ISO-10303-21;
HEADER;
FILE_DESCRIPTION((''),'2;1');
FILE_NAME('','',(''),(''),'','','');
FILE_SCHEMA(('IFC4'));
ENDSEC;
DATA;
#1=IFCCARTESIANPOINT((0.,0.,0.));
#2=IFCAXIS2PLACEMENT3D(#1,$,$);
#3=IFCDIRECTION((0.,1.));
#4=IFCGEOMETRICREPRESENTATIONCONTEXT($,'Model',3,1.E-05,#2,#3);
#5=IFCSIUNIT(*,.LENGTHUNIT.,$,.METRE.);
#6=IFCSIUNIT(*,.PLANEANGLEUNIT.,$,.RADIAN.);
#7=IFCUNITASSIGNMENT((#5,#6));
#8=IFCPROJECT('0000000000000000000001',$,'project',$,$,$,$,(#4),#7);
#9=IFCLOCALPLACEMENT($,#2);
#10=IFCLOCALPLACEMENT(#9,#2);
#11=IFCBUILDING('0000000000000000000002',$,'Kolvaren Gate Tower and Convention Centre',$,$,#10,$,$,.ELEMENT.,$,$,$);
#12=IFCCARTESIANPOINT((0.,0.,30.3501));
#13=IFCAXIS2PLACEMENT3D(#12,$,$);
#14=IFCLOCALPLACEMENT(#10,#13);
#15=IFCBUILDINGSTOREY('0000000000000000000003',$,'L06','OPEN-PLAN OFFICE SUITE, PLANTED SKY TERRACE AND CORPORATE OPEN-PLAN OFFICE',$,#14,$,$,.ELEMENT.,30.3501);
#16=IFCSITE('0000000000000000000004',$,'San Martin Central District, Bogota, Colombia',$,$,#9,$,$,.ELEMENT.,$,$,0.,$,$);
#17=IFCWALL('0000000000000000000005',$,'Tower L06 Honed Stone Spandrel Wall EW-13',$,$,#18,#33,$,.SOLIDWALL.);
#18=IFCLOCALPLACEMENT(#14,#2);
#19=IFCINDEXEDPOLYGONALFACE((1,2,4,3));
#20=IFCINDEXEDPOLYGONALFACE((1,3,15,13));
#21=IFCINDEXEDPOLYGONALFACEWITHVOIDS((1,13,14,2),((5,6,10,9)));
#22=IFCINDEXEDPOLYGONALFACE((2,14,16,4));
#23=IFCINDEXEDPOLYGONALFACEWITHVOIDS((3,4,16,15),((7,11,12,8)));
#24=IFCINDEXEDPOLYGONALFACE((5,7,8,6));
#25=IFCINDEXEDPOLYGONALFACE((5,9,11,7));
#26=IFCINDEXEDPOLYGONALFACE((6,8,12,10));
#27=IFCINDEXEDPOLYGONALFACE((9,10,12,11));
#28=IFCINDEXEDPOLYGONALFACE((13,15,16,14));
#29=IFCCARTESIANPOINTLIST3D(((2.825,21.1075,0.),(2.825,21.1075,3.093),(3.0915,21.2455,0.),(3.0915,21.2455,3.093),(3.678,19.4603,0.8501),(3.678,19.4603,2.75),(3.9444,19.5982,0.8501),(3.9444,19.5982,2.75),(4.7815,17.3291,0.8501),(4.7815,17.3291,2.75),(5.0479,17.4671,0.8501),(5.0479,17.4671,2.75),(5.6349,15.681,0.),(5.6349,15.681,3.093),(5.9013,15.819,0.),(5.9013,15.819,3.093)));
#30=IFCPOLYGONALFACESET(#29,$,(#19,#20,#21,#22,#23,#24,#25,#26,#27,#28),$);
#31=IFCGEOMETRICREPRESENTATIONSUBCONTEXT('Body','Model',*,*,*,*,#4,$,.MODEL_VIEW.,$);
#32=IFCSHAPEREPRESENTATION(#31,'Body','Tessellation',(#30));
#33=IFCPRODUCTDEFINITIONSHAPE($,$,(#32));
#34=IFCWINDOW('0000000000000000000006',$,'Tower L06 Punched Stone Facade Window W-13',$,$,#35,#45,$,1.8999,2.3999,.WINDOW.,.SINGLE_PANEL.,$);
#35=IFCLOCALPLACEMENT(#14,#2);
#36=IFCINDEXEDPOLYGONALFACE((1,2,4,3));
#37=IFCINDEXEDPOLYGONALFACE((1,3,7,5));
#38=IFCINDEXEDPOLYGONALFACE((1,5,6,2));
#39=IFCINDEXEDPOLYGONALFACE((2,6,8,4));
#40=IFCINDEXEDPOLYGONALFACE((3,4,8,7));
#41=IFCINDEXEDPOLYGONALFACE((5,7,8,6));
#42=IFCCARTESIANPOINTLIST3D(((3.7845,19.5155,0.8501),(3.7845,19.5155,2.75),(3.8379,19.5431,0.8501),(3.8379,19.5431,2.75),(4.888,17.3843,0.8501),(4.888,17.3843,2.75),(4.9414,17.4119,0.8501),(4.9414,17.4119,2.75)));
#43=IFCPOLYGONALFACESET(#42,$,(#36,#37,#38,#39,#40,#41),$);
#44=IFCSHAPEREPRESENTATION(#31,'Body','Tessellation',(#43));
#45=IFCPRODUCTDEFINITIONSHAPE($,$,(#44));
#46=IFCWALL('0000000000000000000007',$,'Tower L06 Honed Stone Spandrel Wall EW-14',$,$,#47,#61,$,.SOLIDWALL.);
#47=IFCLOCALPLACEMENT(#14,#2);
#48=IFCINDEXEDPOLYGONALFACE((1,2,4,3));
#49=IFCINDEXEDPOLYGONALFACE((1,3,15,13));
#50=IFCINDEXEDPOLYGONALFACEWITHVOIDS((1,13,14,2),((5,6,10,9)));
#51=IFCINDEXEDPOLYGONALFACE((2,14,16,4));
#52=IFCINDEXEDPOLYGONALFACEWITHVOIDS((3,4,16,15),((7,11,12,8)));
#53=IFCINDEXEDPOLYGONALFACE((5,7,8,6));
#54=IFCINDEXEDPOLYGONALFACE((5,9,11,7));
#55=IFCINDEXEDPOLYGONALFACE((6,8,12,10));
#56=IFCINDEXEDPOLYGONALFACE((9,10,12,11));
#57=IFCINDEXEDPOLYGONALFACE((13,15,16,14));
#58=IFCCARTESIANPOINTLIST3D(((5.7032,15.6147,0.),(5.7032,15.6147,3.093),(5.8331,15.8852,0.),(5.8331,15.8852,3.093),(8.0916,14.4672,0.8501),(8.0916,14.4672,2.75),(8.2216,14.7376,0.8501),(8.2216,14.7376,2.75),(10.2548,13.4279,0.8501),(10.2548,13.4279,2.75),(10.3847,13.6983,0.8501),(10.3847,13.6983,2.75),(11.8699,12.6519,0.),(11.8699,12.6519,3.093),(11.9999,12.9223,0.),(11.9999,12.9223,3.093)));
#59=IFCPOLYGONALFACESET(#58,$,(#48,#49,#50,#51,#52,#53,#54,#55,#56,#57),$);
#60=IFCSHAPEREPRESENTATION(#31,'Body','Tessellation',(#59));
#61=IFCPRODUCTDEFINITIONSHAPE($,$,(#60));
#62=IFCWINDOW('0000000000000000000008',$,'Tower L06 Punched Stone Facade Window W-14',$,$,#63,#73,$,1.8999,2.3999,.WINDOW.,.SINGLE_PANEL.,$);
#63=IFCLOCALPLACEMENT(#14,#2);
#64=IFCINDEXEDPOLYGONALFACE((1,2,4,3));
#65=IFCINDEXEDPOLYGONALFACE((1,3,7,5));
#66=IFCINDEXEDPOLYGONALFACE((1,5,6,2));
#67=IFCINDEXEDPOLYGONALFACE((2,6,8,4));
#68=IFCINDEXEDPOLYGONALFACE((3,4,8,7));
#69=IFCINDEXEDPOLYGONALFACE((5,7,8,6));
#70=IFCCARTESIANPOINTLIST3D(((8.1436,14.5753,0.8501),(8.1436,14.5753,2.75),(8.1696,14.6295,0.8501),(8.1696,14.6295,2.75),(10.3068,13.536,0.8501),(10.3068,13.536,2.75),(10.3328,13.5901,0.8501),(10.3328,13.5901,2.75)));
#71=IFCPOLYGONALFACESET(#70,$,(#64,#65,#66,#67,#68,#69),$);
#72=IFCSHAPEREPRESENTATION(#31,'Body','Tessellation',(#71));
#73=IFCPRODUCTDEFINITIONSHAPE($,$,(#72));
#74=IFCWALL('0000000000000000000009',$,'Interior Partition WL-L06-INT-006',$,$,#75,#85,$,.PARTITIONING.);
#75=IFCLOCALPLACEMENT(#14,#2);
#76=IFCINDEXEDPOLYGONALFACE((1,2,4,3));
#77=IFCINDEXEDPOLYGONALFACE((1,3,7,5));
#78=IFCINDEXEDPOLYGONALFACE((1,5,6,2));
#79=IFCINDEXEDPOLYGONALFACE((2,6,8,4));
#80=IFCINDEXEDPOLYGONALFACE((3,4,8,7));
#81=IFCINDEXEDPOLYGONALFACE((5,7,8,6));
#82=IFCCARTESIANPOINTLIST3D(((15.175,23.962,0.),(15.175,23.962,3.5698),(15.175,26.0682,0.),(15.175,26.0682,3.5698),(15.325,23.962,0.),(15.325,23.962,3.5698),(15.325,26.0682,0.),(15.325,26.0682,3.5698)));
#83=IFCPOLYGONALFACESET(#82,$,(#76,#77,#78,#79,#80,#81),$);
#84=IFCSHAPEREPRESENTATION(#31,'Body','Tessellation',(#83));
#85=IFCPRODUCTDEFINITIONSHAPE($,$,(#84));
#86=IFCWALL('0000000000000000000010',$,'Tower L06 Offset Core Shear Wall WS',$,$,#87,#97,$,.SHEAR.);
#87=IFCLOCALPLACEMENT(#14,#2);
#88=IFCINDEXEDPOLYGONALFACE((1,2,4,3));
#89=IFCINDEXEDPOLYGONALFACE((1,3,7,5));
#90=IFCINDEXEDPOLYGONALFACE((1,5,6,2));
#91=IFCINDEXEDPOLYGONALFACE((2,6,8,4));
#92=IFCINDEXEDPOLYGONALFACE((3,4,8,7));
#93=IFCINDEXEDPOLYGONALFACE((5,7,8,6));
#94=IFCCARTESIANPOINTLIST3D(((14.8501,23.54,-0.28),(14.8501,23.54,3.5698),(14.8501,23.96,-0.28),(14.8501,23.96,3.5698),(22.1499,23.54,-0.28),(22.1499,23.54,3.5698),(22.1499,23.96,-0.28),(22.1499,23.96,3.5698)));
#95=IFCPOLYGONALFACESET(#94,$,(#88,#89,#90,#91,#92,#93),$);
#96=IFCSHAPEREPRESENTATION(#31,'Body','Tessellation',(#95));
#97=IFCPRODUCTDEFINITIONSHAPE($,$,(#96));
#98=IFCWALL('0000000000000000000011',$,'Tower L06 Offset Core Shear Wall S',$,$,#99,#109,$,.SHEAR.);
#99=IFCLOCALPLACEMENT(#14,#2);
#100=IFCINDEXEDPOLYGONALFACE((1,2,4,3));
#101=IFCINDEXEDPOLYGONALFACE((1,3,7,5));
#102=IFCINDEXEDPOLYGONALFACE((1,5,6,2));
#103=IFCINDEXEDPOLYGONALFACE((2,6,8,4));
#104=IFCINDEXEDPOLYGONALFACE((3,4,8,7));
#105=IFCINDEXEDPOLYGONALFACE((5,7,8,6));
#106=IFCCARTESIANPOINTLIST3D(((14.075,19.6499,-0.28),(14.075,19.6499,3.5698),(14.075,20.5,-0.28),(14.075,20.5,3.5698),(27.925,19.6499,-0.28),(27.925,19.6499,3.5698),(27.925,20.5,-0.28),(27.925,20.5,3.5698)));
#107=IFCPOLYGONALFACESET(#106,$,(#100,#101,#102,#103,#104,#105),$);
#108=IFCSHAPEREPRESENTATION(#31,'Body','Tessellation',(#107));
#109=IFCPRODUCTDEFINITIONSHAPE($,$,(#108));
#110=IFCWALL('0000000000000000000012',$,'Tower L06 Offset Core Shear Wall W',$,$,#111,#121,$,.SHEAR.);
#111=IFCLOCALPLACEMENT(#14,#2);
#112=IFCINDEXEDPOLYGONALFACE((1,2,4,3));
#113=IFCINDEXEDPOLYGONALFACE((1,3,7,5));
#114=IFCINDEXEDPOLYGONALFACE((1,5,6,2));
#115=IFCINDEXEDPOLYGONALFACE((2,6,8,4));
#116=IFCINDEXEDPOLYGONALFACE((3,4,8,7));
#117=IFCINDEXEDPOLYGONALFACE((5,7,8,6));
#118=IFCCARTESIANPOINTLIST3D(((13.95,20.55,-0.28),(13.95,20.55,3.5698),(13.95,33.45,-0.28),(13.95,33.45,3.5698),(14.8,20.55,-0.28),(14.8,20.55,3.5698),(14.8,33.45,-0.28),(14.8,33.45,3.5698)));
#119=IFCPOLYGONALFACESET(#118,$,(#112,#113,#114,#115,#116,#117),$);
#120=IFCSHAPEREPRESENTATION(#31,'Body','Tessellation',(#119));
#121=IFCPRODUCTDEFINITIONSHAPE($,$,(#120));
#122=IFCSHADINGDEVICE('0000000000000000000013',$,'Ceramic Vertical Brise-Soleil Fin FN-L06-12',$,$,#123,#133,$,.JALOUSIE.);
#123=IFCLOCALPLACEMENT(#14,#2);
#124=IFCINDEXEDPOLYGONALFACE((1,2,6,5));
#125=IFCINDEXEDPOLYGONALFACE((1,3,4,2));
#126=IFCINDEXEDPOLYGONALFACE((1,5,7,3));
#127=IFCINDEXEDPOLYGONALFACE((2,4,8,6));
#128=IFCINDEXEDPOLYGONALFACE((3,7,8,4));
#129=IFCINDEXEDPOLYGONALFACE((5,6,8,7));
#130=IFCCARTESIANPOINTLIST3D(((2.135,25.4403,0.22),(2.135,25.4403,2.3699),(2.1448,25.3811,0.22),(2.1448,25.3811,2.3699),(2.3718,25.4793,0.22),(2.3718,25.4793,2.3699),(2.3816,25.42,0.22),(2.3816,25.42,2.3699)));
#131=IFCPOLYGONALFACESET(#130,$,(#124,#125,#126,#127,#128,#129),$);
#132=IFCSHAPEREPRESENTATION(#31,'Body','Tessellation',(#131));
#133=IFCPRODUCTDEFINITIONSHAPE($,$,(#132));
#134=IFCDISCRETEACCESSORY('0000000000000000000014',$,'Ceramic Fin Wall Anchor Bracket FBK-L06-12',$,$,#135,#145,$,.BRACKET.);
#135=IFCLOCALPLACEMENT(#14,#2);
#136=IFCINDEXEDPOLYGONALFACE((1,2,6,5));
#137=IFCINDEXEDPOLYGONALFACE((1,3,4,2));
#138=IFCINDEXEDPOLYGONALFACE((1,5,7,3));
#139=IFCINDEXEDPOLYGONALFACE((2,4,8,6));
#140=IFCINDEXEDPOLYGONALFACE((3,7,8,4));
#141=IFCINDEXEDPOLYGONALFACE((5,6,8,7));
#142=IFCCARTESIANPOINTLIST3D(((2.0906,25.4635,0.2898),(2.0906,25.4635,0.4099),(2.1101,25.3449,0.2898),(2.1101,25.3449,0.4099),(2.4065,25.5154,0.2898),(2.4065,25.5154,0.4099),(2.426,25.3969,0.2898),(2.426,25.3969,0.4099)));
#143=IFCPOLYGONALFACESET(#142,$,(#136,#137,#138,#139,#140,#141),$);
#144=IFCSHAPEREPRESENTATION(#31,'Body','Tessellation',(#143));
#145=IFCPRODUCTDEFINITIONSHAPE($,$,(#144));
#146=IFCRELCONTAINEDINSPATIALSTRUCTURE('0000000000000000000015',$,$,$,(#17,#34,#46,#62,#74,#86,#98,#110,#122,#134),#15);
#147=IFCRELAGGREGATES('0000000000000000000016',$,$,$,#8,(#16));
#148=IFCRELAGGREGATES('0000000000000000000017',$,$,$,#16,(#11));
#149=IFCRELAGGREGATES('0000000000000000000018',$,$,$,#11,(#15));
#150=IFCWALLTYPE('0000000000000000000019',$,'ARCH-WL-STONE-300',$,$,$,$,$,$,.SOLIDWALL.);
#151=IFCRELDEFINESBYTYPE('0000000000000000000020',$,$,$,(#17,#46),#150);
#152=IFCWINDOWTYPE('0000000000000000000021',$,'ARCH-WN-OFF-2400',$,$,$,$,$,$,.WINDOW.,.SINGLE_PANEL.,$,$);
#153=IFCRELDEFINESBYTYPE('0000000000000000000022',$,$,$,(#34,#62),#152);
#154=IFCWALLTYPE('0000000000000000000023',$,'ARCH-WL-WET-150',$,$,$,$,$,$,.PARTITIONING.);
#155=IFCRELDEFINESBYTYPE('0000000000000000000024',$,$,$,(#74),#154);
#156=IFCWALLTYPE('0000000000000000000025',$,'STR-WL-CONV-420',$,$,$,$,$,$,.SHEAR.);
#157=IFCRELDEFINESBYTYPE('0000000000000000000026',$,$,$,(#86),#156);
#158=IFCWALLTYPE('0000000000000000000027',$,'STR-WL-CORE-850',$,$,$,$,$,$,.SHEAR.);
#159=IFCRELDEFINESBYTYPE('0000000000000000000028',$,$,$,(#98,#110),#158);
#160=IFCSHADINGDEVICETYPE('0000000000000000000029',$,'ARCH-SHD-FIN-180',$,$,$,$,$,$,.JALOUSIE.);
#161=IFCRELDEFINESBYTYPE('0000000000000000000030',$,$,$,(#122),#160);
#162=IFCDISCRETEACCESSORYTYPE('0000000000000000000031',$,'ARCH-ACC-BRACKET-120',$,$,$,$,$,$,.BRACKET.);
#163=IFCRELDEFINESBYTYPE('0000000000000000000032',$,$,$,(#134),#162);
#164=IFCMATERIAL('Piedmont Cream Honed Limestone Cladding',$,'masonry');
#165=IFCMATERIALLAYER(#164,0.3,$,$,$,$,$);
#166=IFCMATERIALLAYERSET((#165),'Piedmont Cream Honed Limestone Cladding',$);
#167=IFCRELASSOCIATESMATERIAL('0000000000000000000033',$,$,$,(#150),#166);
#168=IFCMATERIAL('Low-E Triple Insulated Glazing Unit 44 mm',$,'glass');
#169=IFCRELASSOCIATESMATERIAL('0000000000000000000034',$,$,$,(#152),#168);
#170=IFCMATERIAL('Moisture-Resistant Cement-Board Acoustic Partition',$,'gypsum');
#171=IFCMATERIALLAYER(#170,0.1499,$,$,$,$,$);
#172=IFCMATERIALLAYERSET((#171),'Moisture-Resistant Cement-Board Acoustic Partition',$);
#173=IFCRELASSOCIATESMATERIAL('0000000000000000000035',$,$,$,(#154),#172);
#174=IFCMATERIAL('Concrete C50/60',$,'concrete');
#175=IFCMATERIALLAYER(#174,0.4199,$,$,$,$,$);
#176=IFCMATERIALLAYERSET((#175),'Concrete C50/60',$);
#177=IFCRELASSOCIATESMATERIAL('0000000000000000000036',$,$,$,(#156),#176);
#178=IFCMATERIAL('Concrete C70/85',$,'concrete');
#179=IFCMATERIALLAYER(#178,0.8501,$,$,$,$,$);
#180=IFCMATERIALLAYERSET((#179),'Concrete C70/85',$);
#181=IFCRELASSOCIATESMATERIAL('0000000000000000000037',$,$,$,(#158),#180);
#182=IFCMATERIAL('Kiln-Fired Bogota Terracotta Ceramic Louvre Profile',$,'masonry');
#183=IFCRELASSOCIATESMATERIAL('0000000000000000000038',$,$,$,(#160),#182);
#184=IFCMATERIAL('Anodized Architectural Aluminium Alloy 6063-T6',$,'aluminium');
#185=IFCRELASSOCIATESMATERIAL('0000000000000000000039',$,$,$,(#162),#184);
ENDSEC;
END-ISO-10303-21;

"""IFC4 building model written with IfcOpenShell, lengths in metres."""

from ifc_helpers import new_model, si_unit, direction, frame, frame_2d, origin, origin_2d, place, context, subcontext, project, spatial, rectangle, extrude, material, layer, layer_set, type_object, element, fill, save


model = new_model("IFC4")

# Units and contexts
model_context = context("Model", 3, precision=1e-05, world=origin(), true_north=direction((0.0, 1.0)))
body_context = subcontext(model_context, "Body", "Model", "MODEL_VIEW")
ifc_project = project(units=[si_unit("LENGTHUNIT", "METRE"), si_unit("PLANEANGLEUNIT", "RADIAN")], contexts=[model_context])

# Site, building, storey
site_placement = place(None, origin())
site = spatial("IfcSite", under=ifc_project, at=site_placement, Name="San Martin Central District, Bogota, Colombia", CompositionType="ELEMENT", RefElevation=0.0)
building_placement = place(site_placement, origin())
building = spatial("IfcBuilding", under=site, at=building_placement, Name="Kolvaren Gate Tower and Convention Centre", CompositionType="ELEMENT")
storey_placement = place(building_placement, frame((0.0, 0.0, 30.3501)))
storey = spatial("IfcBuildingStorey", under=building, at=storey_placement, Name="L06", Description="OPEN-PLAN OFFICE SUITE, PLANTED SKY TERRACE AND CORPORATE OPEN-PLAN OFFICE", CompositionType="ELEMENT", Elevation=30.3501)

# Shared definitions
ifc_material_1 = material(Name="Concrete C70/85", Category="concrete")

# Shared definitions
ifc_material_2 = material(Name="Piedmont Cream Honed Limestone Cladding", Category="masonry")

# Shared definitions
ifc_layer_1 = layer(ifc_material_2, 0.3)
ifc_layer_set_1 = layer_set([ifc_layer_1], Name="Piedmont Cream Honed Limestone Cladding")
wall_type_1 = type_object("IfcWallType", Name="ARCH-WL-STONE-300", PredefinedType="SOLIDWALL", material=ifc_layer_set_1)
ifc_material_3 = material(Name="Low-E Triple Insulated Glazing Unit 44 mm", Category="glass")

# Walls, openings, windows
window_type_1 = type_object("IfcWindowType", Name="ARCH-WN-OFF-2400", PartitioningType="SINGLE_PANEL", PredefinedType="WINDOW", material=ifc_material_3)
wall_1_placement = place(storey_placement, frame((2.9583, 21.1765, 0.0), z_axis=(0.0, 0.0, 1.0), x_axis=(0.45981, -0.888017, 0.0)))
wall_1 = element("IfcWall", 1, at=wall_1_placement, inside=storey, type_object=wall_type_1, Name="Tower L06 Honed Stone Spandrel Wall EW-13", PredefinedType="SOLIDWALL", context=body_context, shape_type="SweptSolid", body=[
    extrude(rectangle(XDim=6.1108, YDim=0.3, at=frame_2d((3.0554, 0.0))), origin(), (0.0, 0.0, 1.0), 3.093),
])
opening_1_placement = place(wall_1_placement, frame((1.855, 0.0, 0.8501)))
opening_1 = element("IfcOpeningElement", 2, at=opening_1_placement, cuts=wall_1, PredefinedType="OPENING", context=body_context, shape_type="SweptSolid", body=[
    extrude(rectangle(XDim=2.3999, YDim=1.8999, at=frame_2d((1.2, 0.95))), frame((0.0, 0.1599, 0.0), z_axis=(0.0, -1.0, 0.0), x_axis=(1.0, 0.0, 0.0)), (0.0, 0.0, 1.0), 0.3201),
])
window_1_placement = place(opening_1_placement, origin())
window_1 = element("IfcWindow", 3, at=window_1_placement, inside=storey, type_object=window_type_1, Name="Tower L06 Punched Stone Facade Window W-13", OverallHeight=1.8999, OverallWidth=2.3999, PartitioningType="SINGLE_PANEL", PredefinedType="WINDOW", context=body_context, shape_type="SweptSolid", body=[
    extrude(rectangle(XDim=2.3999, YDim=1.8999, at=frame_2d((1.2, 0.95))), frame((0.0, 0.03, 0.0), z_axis=(0.0, -1.0, 0.0), x_axis=(1.0, 0.0, 0.0)), (0.0, 0.0, 1.0), 0.0601),
])
fill(opening_1, window_1)
wall_2_placement = place(storey_placement, frame((5.7681, 15.75, 0.0), z_axis=(0.0, 0.0, 1.0), x_axis=(0.90136, -0.43307, 0.0)))
wall_2 = element("IfcWall", 4, at=wall_2_placement, inside=storey, type_object=wall_type_1, Name="Tower L06 Honed Stone Spandrel Wall EW-14", PredefinedType="SOLIDWALL", context=body_context, shape_type="SweptSolid", body=[
    extrude(rectangle(XDim=6.8416, YDim=0.3, at=frame_2d((3.4209, 0.0))), origin(), (0.0, 0.0, 1.0), 3.093),
])
opening_2_placement = place(wall_2_placement, frame((2.6499, 0.0, 0.8501)))
opening_2 = element("IfcOpeningElement", 5, at=opening_2_placement, cuts=wall_2, PredefinedType="OPENING", context=body_context, shape_type="SweptSolid", body=[
    extrude(rectangle(XDim=2.3999, YDim=1.8999, at=frame_2d((1.2, 0.95))), frame((0.0, 0.1599, 0.0), z_axis=(0.0, -1.0, 0.0), x_axis=(1.0, 0.0, 0.0)), (0.0, 0.0, 1.0), 0.3201),
])
window_2_placement = place(opening_2_placement, origin())
window_2 = element("IfcWindow", 6, at=window_2_placement, inside=storey, type_object=window_type_1, Name="Tower L06 Punched Stone Facade Window W-14", OverallHeight=1.8999, OverallWidth=2.3999, PartitioningType="SINGLE_PANEL", PredefinedType="WINDOW", context=body_context, shape_type="SweptSolid", body=[
    extrude(rectangle(XDim=2.3999, YDim=1.8999, at=frame_2d((1.2, 0.95))), frame((0.0, 0.03, 0.0), z_axis=(0.0, -1.0, 0.0), x_axis=(1.0, 0.0, 0.0)), (0.0, 0.0, 1.0), 0.0601),
])
fill(opening_2, window_2)

# Walls
ifc_material_4 = material(Name="Moisture-Resistant Cement-Board Acoustic Partition", Category="gypsum")
ifc_layer_2 = layer(ifc_material_4, 0.1499)
ifc_layer_set_2 = layer_set([ifc_layer_2], Name="Moisture-Resistant Cement-Board Acoustic Partition")
wall_type_2 = type_object("IfcWallType", Name="ARCH-WL-WET-150", PredefinedType="PARTITIONING", material=ifc_layer_set_2)
wall_3_placement = place(storey_placement, frame((15.25, 23.9619, 0.0), z_axis=(0.0, 0.0, 1.0), x_axis=(0.0, 1.0, 0.0)))
element("IfcWall", 7, at=wall_3_placement, inside=storey, type_object=wall_type_2, Name="Interior Partition WL-L06-INT-006", PredefinedType="PARTITIONING", context=body_context, shape_type="SweptSolid", body=[
    extrude(rectangle(XDim=2.1062, YDim=0.1499, at=frame_2d((1.0532, 0.0))), origin(), (0.0, 0.0, 1.0), 3.5698),
])
ifc_material_5 = material(Name="Concrete C50/60", Category="concrete")
ifc_layer_3 = layer(ifc_material_5, 0.4199)
ifc_layer_set_3 = layer_set([ifc_layer_3], Name="Concrete C50/60")
wall_type_3 = type_object("IfcWallType", Name="STR-WL-CONV-420", PredefinedType="SHEAR", material=ifc_layer_set_3)
wall_4_placement = place(storey_placement, frame((14.8501, 23.75, -0.28), z_axis=(0.0, 0.0, 1.0), x_axis=(1.0, 0.0, 0.0)))
element("IfcWall", 8, at=wall_4_placement, inside=storey, type_object=wall_type_3, Name="Tower L06 Offset Core Shear Wall WS", PredefinedType="SHEAR", context=body_context, shape_type="SweptSolid", body=[
    extrude(rectangle(XDim=7.2998, YDim=0.4199, at=frame_2d((3.6499, 0.0))), origin(), (0.0, 0.0, 1.0), 3.8499),
])
ifc_layer_4 = layer(ifc_material_1, 0.8501)
ifc_layer_set_4 = layer_set([ifc_layer_4], Name="Concrete C70/85")
wall_type_4 = type_object("IfcWallType", Name="STR-WL-CORE-850", PredefinedType="SHEAR", material=ifc_layer_set_4)
wall_5_placement = place(storey_placement, frame((14.075, 20.075, -0.28), z_axis=(0.0, 0.0, 1.0), x_axis=(1.0, 0.0, 0.0)))
element("IfcWall", 9, at=wall_5_placement, inside=storey, type_object=wall_type_4, Name="Tower L06 Offset Core Shear Wall S", PredefinedType="SHEAR", context=body_context, shape_type="SweptSolid", body=[
    extrude(rectangle(XDim=13.8501, YDim=0.8501, at=frame_2d((6.925, 0.0))), origin(), (0.0, 0.0, 1.0), 3.8499),
])
wall_6_placement = place(storey_placement, frame((14.375, 20.55, -0.28), z_axis=(0.0, 0.0, 1.0), x_axis=(0.0, 1.0, 0.0)))
element("IfcWall", 10, at=wall_6_placement, inside=storey, type_object=wall_type_4, Name="Tower L06 Offset Core Shear Wall W", PredefinedType="SHEAR", context=body_context, shape_type="SweptSolid", body=[
    extrude(rectangle(XDim=12.8999, YDim=0.8501, at=frame_2d((6.45, 0.0))), origin(), (0.0, 0.0, 1.0), 3.8499),
])

# Shading device
ifc_material_6 = material(Name="Kiln-Fired Bogota Terracotta Ceramic Louvre Profile", Category="masonry")
shading_device_type = type_object("IfcShadingDeviceType", Name="ARCH-SHD-FIN-180", PredefinedType="JALOUSIE", material=ifc_material_6)
shading_device_placement = place(storey_placement, frame((2.2583, 25.4302, 0.22), z_axis=(0.0, 0.0, 1.0), x_axis=(0.162377, -0.986729, 0.0)))
element("IfcShadingDevice", 11, at=shading_device_placement, inside=storey, type_object=shading_device_type, Name="Ceramic Vertical Brise-Soleil Fin FN-L06-12", PredefinedType="JALOUSIE", context=body_context, shape_type="SweptSolid", body=[
    extrude(rectangle(XDim=0.0601, YDim=0.24, at=origin_2d()), origin(), (0.0, 0.0, 1.0), 2.1499),
])

# Discrete accessory
ifc_material_7 = material(Name="Anodized Architectural Aluminium Alloy 6063-T6", Category="aluminium")
discrete_accessory_type = type_object("IfcDiscreteAccessoryType", Name="ARCH-ACC-BRACKET-120", PredefinedType="BRACKET", material=ifc_material_7)
discrete_accessory_placement = place(storey_placement, frame((2.2583, 25.4302, 0.2898), z_axis=(0.0, 0.0, 1.0), x_axis=(0.162377, -0.986729, 0.0)))
element("IfcDiscreteAccessory", 12, at=discrete_accessory_placement, inside=storey, type_object=discrete_accessory_type, Name="Ceramic Fin Wall Anchor Bracket FBK-L06-12", PredefinedType="BRACKET", context=body_context, shape_type="SweptSolid", body=[
    extrude(rectangle(XDim=0.1201, YDim=0.3201, at=origin_2d()), origin(), (0.0, 0.0, 1.0), 0.1201),
])

save(model, "model.ifc")
